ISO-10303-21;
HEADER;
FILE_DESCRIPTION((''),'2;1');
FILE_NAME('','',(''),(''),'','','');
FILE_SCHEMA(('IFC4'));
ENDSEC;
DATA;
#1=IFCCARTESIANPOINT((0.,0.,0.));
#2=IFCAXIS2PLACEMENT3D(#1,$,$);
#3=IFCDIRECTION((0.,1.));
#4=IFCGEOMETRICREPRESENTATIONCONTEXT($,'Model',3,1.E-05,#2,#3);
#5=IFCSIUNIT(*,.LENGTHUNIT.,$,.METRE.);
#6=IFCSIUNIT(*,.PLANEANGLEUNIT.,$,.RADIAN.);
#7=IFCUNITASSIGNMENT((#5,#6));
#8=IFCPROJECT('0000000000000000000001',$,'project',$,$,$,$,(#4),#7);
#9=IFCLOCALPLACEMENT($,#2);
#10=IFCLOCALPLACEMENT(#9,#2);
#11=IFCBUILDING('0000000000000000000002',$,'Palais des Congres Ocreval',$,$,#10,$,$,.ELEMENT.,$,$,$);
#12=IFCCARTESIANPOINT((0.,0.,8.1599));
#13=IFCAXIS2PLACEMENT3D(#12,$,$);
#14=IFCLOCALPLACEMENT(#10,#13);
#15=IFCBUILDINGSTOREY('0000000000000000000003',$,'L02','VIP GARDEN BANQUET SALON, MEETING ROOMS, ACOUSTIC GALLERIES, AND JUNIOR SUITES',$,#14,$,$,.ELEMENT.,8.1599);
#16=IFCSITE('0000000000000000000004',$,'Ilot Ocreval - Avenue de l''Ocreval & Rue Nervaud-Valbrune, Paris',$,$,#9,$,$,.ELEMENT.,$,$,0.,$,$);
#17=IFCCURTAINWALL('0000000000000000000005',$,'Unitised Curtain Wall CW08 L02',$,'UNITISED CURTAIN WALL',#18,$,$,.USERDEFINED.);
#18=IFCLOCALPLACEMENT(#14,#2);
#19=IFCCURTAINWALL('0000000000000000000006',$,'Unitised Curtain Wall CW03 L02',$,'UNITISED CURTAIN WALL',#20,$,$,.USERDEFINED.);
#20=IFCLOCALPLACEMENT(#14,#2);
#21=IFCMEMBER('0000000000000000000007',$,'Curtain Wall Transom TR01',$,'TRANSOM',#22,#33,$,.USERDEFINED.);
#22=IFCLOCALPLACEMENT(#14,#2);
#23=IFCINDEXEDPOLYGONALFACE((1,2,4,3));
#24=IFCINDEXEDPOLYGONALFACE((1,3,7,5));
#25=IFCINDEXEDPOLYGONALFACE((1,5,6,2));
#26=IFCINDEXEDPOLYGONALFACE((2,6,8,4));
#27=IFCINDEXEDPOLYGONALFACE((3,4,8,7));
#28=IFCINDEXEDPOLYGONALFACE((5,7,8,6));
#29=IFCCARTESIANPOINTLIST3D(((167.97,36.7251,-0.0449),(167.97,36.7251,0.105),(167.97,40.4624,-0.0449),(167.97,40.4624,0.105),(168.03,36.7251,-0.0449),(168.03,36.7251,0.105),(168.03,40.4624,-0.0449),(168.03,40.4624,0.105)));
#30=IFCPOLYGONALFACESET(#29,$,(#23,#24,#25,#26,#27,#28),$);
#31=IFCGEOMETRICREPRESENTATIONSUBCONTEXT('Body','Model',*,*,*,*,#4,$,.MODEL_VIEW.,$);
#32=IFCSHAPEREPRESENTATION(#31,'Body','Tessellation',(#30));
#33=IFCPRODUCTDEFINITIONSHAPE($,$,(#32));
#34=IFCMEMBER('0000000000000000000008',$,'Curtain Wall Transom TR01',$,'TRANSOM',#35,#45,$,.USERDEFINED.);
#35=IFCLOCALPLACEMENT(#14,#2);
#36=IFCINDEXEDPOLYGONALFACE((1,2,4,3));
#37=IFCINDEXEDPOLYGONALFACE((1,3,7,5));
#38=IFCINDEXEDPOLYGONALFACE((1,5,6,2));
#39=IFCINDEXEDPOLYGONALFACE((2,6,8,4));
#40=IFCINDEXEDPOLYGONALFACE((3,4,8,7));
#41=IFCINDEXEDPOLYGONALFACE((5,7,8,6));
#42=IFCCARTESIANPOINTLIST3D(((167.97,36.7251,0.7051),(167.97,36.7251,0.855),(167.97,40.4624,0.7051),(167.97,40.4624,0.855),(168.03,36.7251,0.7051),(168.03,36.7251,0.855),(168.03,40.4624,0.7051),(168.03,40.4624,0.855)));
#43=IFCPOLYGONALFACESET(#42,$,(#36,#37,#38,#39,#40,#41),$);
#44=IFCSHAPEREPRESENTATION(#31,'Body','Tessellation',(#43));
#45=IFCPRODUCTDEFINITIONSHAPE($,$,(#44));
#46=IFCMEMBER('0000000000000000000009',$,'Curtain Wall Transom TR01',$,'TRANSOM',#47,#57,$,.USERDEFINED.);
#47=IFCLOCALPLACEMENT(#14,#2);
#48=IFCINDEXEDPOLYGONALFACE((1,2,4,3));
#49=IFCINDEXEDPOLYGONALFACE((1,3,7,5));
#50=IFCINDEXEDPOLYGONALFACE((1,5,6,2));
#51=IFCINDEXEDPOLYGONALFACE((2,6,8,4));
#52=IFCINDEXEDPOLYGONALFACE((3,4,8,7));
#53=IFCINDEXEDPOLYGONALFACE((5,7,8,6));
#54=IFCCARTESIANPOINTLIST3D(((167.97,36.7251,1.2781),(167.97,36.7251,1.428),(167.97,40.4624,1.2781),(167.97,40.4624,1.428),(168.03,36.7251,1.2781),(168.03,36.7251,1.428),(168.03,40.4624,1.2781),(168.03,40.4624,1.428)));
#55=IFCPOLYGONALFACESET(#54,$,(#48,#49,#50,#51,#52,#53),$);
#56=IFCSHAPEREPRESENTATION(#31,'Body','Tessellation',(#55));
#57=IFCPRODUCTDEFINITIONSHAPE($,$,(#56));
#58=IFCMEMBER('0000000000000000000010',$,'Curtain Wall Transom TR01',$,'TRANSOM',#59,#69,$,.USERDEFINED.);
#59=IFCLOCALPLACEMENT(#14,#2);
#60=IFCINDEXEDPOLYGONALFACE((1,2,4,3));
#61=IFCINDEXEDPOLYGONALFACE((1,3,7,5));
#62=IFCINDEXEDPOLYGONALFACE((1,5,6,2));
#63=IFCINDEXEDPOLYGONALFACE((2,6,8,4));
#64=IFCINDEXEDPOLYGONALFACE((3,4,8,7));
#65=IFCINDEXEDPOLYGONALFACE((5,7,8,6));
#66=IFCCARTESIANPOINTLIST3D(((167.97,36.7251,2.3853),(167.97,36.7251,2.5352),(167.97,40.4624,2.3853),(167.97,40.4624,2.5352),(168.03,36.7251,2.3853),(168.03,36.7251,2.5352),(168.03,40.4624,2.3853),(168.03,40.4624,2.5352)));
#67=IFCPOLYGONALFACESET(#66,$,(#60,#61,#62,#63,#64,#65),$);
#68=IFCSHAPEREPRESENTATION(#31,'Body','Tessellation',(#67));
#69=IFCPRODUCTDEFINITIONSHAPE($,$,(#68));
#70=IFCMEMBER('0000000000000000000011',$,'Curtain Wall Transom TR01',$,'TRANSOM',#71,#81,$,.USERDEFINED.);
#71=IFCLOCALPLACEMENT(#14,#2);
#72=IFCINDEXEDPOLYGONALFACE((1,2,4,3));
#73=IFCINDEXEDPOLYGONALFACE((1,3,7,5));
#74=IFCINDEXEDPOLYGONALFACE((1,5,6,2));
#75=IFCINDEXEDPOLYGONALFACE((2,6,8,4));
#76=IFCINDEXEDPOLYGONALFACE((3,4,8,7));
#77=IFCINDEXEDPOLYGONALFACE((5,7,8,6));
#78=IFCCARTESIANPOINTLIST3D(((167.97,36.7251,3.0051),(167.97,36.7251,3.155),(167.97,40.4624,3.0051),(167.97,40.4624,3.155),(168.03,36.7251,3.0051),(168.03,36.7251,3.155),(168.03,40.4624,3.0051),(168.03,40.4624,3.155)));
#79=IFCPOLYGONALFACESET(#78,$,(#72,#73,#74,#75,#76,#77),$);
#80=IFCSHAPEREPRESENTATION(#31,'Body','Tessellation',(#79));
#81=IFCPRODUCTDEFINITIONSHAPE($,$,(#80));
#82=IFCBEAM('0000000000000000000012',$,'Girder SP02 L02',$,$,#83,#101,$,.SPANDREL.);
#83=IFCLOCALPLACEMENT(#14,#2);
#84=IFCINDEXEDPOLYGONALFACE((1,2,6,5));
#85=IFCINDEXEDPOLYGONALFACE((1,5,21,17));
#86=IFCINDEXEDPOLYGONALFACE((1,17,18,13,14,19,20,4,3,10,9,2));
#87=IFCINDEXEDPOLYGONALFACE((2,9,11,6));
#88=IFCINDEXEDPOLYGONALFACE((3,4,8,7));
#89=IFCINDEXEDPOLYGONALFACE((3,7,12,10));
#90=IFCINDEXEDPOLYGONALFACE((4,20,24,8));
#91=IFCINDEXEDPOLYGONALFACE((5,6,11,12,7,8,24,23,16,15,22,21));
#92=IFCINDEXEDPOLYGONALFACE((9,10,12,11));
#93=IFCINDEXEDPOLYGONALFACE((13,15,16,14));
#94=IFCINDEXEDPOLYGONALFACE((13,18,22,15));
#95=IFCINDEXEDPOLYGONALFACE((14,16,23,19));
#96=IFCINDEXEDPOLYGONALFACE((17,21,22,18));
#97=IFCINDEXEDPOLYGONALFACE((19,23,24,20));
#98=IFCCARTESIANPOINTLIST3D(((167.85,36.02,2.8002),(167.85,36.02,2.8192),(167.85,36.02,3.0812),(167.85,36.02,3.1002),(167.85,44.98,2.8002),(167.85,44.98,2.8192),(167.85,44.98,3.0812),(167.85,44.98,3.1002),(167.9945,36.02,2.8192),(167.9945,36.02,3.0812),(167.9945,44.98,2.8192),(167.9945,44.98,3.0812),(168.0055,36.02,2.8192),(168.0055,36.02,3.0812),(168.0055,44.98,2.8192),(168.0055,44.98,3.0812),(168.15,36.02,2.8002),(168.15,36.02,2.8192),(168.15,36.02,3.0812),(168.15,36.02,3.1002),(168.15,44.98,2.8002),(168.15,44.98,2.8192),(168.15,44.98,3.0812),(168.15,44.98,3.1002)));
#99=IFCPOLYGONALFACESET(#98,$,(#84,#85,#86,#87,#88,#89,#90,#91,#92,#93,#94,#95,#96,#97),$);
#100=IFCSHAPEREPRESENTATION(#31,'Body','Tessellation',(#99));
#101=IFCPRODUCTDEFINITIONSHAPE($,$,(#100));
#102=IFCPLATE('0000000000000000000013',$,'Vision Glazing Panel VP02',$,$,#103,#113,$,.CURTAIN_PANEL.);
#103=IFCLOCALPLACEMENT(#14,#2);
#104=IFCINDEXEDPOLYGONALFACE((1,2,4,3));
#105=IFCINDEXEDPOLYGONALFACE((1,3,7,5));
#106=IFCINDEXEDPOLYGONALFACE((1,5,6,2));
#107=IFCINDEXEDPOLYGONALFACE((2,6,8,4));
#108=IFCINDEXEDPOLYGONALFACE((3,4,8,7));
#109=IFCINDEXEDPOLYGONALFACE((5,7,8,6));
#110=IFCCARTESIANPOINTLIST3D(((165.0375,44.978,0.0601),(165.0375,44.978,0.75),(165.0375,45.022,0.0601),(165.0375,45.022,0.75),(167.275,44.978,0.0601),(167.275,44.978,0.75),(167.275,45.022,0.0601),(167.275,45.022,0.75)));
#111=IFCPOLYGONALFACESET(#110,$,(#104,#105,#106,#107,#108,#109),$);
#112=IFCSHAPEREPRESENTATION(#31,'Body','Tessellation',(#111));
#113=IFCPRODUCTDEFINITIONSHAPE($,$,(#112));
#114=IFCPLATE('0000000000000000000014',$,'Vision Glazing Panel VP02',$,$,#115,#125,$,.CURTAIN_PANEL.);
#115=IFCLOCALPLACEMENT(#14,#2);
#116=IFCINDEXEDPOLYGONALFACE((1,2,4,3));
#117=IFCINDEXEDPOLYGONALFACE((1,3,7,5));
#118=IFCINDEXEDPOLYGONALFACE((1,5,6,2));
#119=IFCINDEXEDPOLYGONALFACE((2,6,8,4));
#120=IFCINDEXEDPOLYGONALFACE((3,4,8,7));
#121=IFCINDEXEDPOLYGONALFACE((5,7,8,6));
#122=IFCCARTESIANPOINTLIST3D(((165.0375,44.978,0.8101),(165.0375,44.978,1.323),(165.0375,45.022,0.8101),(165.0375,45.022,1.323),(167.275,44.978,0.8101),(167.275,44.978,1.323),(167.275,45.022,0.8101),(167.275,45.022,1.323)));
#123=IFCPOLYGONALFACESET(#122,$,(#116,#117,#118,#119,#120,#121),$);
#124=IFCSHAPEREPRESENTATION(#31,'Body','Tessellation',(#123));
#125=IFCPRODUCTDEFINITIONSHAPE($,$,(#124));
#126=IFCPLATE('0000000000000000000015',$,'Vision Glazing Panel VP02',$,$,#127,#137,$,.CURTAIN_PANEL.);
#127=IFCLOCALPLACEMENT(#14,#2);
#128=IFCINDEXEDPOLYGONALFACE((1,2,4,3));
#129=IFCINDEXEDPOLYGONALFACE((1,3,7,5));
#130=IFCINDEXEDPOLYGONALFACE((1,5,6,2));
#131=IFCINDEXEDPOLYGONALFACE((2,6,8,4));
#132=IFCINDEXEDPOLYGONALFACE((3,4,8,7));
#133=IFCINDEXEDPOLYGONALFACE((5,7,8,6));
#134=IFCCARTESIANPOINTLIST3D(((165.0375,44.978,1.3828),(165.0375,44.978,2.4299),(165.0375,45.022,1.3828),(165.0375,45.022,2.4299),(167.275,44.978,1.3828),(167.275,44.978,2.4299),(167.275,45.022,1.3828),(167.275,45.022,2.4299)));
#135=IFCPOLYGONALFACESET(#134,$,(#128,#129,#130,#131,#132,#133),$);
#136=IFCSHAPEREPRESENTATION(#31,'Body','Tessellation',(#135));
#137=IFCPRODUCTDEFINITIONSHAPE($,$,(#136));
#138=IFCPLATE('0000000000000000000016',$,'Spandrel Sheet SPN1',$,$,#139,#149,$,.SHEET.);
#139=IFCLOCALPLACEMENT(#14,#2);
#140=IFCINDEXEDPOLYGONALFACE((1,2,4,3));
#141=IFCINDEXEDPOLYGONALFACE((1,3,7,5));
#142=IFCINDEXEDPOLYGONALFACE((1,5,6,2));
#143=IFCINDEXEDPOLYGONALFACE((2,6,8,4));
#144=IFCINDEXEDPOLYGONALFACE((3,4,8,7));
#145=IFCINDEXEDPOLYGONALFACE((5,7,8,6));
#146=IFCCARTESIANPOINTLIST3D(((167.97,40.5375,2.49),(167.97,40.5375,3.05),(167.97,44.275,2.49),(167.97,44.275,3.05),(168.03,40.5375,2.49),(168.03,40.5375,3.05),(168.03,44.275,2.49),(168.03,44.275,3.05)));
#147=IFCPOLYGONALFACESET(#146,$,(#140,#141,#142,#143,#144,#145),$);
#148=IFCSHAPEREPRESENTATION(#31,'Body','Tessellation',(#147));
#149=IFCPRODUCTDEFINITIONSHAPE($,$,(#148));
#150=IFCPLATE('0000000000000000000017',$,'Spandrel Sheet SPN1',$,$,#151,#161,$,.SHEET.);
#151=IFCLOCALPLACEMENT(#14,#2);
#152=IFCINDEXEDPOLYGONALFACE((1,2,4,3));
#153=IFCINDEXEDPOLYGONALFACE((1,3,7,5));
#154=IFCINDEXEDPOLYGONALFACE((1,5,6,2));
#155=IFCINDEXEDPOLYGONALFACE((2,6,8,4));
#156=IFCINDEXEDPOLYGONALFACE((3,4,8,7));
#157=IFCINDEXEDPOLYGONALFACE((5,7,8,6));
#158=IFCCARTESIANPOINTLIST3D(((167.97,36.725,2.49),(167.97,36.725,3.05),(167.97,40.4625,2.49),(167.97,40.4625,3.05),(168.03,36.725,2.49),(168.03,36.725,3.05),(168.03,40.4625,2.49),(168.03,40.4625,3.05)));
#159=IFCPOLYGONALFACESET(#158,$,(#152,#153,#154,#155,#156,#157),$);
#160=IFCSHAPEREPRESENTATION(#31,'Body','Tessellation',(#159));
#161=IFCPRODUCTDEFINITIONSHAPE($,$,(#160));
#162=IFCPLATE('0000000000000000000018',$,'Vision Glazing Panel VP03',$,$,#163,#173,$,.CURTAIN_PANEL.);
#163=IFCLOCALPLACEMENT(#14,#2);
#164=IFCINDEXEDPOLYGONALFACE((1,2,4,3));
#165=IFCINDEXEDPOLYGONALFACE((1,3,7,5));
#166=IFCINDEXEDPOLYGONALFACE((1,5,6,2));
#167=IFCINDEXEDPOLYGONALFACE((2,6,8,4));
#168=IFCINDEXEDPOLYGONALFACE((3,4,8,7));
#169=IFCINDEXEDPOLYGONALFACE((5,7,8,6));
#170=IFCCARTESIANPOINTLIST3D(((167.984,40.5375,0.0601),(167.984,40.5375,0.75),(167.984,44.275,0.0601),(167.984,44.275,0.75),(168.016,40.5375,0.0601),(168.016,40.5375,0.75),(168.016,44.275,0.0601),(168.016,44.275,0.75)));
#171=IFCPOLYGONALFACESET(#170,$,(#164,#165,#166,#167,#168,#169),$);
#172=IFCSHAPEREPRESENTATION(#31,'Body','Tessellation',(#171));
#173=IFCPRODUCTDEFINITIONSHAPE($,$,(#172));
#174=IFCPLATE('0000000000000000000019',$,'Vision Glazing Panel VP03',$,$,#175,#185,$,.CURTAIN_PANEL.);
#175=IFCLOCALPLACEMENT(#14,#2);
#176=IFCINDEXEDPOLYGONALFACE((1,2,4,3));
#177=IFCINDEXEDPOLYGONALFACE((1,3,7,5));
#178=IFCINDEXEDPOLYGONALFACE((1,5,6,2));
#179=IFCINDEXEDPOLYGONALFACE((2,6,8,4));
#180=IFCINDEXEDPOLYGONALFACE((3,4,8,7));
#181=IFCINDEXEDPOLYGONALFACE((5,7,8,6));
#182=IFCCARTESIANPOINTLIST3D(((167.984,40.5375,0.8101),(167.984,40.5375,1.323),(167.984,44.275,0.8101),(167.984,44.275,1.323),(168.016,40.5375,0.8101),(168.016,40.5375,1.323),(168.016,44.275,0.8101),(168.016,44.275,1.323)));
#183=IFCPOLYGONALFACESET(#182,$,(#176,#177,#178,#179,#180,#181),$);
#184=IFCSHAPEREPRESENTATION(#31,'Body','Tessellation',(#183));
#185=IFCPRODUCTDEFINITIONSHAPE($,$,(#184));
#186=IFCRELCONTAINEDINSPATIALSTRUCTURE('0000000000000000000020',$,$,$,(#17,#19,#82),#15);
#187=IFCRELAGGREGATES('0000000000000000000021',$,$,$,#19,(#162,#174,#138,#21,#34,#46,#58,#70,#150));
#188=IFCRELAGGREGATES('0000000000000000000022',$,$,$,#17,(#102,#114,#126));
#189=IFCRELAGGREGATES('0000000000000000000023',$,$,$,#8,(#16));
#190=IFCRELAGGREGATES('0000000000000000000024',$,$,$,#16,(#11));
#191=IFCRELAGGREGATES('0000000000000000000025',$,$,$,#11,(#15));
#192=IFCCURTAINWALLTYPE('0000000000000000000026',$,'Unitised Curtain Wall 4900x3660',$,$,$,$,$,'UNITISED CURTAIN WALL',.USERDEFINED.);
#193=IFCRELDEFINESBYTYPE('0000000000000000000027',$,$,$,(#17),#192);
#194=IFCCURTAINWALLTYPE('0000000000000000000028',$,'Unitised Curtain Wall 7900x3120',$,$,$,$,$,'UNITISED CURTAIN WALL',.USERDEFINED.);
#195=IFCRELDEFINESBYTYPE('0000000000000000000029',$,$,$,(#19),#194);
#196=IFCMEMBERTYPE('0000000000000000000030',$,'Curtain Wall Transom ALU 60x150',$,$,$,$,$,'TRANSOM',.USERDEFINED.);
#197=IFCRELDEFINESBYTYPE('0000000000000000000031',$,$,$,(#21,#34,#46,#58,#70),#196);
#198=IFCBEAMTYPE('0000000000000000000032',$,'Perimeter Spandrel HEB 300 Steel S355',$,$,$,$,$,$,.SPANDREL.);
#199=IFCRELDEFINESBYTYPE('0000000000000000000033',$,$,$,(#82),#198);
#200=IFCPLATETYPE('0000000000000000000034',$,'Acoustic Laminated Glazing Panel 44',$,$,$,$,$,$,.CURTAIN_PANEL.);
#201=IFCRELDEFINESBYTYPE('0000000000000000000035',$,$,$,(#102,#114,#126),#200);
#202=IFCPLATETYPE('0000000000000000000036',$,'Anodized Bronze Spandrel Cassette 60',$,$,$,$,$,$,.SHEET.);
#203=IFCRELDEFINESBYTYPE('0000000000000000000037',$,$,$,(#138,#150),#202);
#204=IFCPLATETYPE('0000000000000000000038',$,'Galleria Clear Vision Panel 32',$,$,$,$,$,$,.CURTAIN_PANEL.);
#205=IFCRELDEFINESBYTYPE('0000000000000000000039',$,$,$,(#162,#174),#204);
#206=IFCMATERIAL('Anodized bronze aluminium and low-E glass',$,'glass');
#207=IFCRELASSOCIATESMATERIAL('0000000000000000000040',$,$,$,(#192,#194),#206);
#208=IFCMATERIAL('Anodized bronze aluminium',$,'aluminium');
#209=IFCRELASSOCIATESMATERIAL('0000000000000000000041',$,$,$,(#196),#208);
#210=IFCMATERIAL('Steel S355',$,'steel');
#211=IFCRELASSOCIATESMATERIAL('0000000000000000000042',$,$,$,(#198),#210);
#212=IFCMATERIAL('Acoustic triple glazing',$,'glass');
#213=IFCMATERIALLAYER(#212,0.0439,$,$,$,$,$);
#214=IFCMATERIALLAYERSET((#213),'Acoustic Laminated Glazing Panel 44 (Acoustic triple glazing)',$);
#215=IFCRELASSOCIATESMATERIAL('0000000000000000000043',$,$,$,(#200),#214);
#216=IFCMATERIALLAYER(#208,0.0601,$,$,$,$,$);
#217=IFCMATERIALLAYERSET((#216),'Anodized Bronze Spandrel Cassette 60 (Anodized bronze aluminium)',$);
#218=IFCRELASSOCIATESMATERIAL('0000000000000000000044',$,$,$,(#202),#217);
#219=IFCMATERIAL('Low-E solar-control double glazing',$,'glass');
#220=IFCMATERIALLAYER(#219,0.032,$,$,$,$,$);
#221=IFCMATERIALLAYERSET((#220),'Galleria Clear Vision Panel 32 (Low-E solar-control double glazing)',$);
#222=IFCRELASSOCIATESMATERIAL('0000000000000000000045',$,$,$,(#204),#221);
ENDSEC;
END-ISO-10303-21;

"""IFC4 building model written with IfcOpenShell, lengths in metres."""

from ifc_helpers import new_model, si_unit, direction, frame, origin, origin_2d, place, context, subcontext, project, spatial, rectangle, i_section, extrude, material, layer, layer_set, material_profile, profile_set, type_object, element, aggregate, save


model = new_model("IFC4")

# Units and contexts
model_context = context("Model", 3, precision=1e-05, world=origin(), true_north=direction((0.0, 1.0)))
body_context = subcontext(model_context, "Body", "Model", "MODEL_VIEW")
ifc_project = project(units=[si_unit("LENGTHUNIT", "METRE"), si_unit("PLANEANGLEUNIT", "RADIAN")], contexts=[model_context])

# Site, building, storey
site_placement = place(None, origin())
site = spatial("IfcSite", under=ifc_project, at=site_placement, Name="Ilot Ocreval - Avenue de l'Ocreval & Rue Nervaud-Valbrune, Paris", CompositionType="ELEMENT", RefElevation=0.0)
building_placement = place(site_placement, origin())
building = spatial("IfcBuilding", under=site, at=building_placement, Name="Palais des Congres Ocreval", CompositionType="ELEMENT")
storey_placement = place(building_placement, frame((0.0, 0.0, 8.1599)))
storey = spatial("IfcBuildingStorey", under=building, at=storey_placement, Name="L02", Description="VIP GARDEN BANQUET SALON, MEETING ROOMS, ACOUSTIC GALLERIES, AND JUNIOR SUITES", CompositionType="ELEMENT", Elevation=8.1599)

# Shared definitions
ifc_material_1 = material(Name="Steel S355", Category="steel")

# Curtain wall
ifc_material_2 = material(Name="Anodized bronze aluminium and low-E glass", Category="glass")
curtain_wall_type_1 = type_object("IfcCurtainWallType", Name="Unitised Curtain Wall 4900x3660", ElementType="UNITISED CURTAIN WALL", PredefinedType="USERDEFINED", material=ifc_material_2)
curtain_wall_1_placement = place(storey_placement, origin())
curtain_wall_1 = element("IfcCurtainWall", 1, at=curtain_wall_1_placement, inside=storey, type_object=curtain_wall_type_1, Name="Unitised Curtain Wall CW08 L02", ObjectType="UNITISED CURTAIN WALL", PredefinedType="USERDEFINED")
ifc_material_3 = material(Name="Anodized bronze aluminium", Category="aluminium")

# Curtain wall
curtain_wall_type_2 = type_object("IfcCurtainWallType", Name="Unitised Curtain Wall 7900x3120", ElementType="UNITISED CURTAIN WALL", PredefinedType="USERDEFINED", material=ifc_material_2)
curtain_wall_2_placement = place(storey_placement, origin())
curtain_wall_2 = element("IfcCurtainWall", 2, at=curtain_wall_2_placement, inside=storey, type_object=curtain_wall_type_2, Name="Unitised Curtain Wall CW03 L02", ObjectType="UNITISED CURTAIN WALL", PredefinedType="USERDEFINED")

# Members
ifc_material_profile_1 = material_profile(ifc_material_3, rectangle(XDim=0.0601, YDim=0.1499, at=origin_2d()), Name="ALU 60x150")
ifc_profile_set_1 = profile_set([ifc_material_profile_1], Name="Anodized bronze aluminium")
member_type_1 = type_object("IfcMemberType", Name="Curtain Wall Transom ALU 60x150", ElementType="TRANSOM", PredefinedType="USERDEFINED", material=ifc_profile_set_1)
member_1_placement = place(storey_placement, frame((168.0, 40.4624, 0.03), z_axis=(0.0, -1.0, 0.0), x_axis=(1.0, 0.0, 0.0)))
member_1 = element("IfcMember", 3, at=member_1_placement, type_object=member_type_1, Name="Curtain Wall Transom TR01", ObjectType="TRANSOM", PredefinedType="USERDEFINED", context=body_context, shape_type="SweptSolid", body=[
    extrude(rectangle(XDim=0.0601, YDim=0.1499, at=origin_2d()), origin(), (0.0, 0.0, 1.0), 3.7373),
])
member_2_placement = place(storey_placement, frame((168.0, 40.4624, 0.78), z_axis=(0.0, -1.0, 0.0), x_axis=(1.0, 0.0, 0.0)))
member_2 = element("IfcMember", 4, at=member_2_placement, type_object=member_type_1, Name="Curtain Wall Transom TR01", ObjectType="TRANSOM", PredefinedType="USERDEFINED", context=body_context, shape_type="SweptSolid", body=[
    extrude(rectangle(XDim=0.0601, YDim=0.1499, at=origin_2d()), origin(), (0.0, 0.0, 1.0), 3.7373),
])
member_3_placement = place(storey_placement, frame((168.0, 40.4624, 1.353), z_axis=(0.0, -1.0, 0.0), x_axis=(1.0, 0.0, 0.0)))
member_3 = element("IfcMember", 5, at=member_3_placement, type_object=member_type_1, Name="Curtain Wall Transom TR01", ObjectType="TRANSOM", PredefinedType="USERDEFINED", context=body_context, shape_type="SweptSolid", body=[
    extrude(rectangle(XDim=0.0601, YDim=0.1499, at=origin_2d()), origin(), (0.0, 0.0, 1.0), 3.7373),
])
member_4_placement = place(storey_placement, frame((168.0, 40.4624, 2.4602), z_axis=(0.0, -1.0, 0.0), x_axis=(1.0, 0.0, 0.0)))
member_4 = element("IfcMember", 6, at=member_4_placement, type_object=member_type_1, Name="Curtain Wall Transom TR01", ObjectType="TRANSOM", PredefinedType="USERDEFINED", context=body_context, shape_type="SweptSolid", body=[
    extrude(rectangle(XDim=0.0601, YDim=0.1499, at=origin_2d()), origin(), (0.0, 0.0, 1.0), 3.7373),
])
member_5_placement = place(storey_placement, frame((168.0, 40.4624, 3.0801), z_axis=(0.0, -1.0, 0.0), x_axis=(1.0, 0.0, 0.0)))
member_5 = element("IfcMember", 7, at=member_5_placement, type_object=member_type_1, Name="Curtain Wall Transom TR01", ObjectType="TRANSOM", PredefinedType="USERDEFINED", context=body_context, shape_type="SweptSolid", body=[
    extrude(rectangle(XDim=0.0601, YDim=0.1499, at=origin_2d()), origin(), (0.0, 0.0, 1.0), 3.7373),
])

# Beam
ifc_material_profile_2 = material_profile(ifc_material_1, i_section(OverallWidth=0.3, OverallDepth=0.3, WebThickness=0.011, FlangeThickness=0.019, at=origin_2d()), Name="HEB 300")
ifc_profile_set_2 = profile_set([ifc_material_profile_2], Name="Steel S355")
beam_type = type_object("IfcBeamType", Name="Perimeter Spandrel HEB 300 Steel S355", PredefinedType="SPANDREL", material=ifc_profile_set_2)
beam_placement = place(storey_placement, frame((168.0, 36.02, 2.9502), z_axis=(0.0, 1.0, 0.0), x_axis=(-1.0, 0.0, 0.0)))
element("IfcBeam", 8, at=beam_placement, inside=storey, type_object=beam_type, Name="Girder SP02 L02", PredefinedType="SPANDREL", context=body_context, shape_type="SweptSolid", body=[
    extrude(i_section(OverallWidth=0.3, OverallDepth=0.3, WebThickness=0.011, FlangeThickness=0.019, at=origin_2d()), origin(), (0.0, 0.0, 1.0), 8.96),
])

# Plates
ifc_material_4 = material(Name="Acoustic triple glazing", Category="glass")
ifc_layer_1 = layer(ifc_material_4, 0.0439)
ifc_layer_set_1 = layer_set([ifc_layer_1], Name="Acoustic Laminated Glazing Panel 44 (Acoustic triple glazing)")
plate_type_1 = type_object("IfcPlateType", Name="Acoustic Laminated Glazing Panel 44", PredefinedType="CURTAIN_PANEL", material=ifc_layer_set_1)
plate_1_placement = place(storey_placement, frame((166.1562, 45.0, 0.0601), z_axis=(0.0, 0.0, 1.0), x_axis=(1.0, 0.0, 0.0)))
plate_1 = element("IfcPlate", 9, at=plate_1_placement, type_object=plate_type_1, Name="Vision Glazing Panel VP02", PredefinedType="CURTAIN_PANEL", context=body_context, shape_type="SweptSolid", body=[
    extrude(rectangle(XDim=2.2375, YDim=0.0439, at=origin_2d()), origin(), (0.0, 0.0, 1.0), 0.6899),
])
plate_2_placement = place(storey_placement, frame((166.1562, 45.0, 0.8101), z_axis=(0.0, 0.0, 1.0), x_axis=(1.0, 0.0, 0.0)))
plate_2 = element("IfcPlate", 10, at=plate_2_placement, type_object=plate_type_1, Name="Vision Glazing Panel VP02", PredefinedType="CURTAIN_PANEL", context=body_context, shape_type="SweptSolid", body=[
    extrude(rectangle(XDim=2.2375, YDim=0.0439, at=origin_2d()), origin(), (0.0, 0.0, 1.0), 0.5129),
])
plate_3_placement = place(storey_placement, frame((166.1562, 45.0, 1.3828), z_axis=(0.0, 0.0, 1.0), x_axis=(1.0, 0.0, 0.0)))
plate_3 = element("IfcPlate", 11, at=plate_3_placement, type_object=plate_type_1, Name="Vision Glazing Panel VP02", PredefinedType="CURTAIN_PANEL", context=body_context, shape_type="SweptSolid", body=[
    extrude(rectangle(XDim=2.2375, YDim=0.0439, at=origin_2d()), origin(), (0.0, 0.0, 1.0), 1.0471),
])
ifc_layer_2 = layer(ifc_material_3, 0.0601)
ifc_layer_set_2 = layer_set([ifc_layer_2], Name="Anodized Bronze Spandrel Cassette 60 (Anodized bronze aluminium)")
plate_type_2 = type_object("IfcPlateType", Name="Anodized Bronze Spandrel Cassette 60", PredefinedType="SHEET", material=ifc_layer_set_2)
plate_4_placement = place(storey_placement, frame((168.0, 42.4062, 2.49), z_axis=(0.0, 0.0, 1.0), x_axis=(0.0, -1.0, 0.0)))
plate_4 = element("IfcPlate", 12, at=plate_4_placement, type_object=plate_type_2, Name="Spandrel Sheet SPN1", PredefinedType="SHEET", context=body_context, shape_type="SweptSolid", body=[
    extrude(rectangle(XDim=3.7375, YDim=0.0601, at=origin_2d()), origin(), (0.0, 0.0, 1.0), 0.5601),
])
plate_5_placement = place(storey_placement, frame((168.0, 38.5938, 2.49), z_axis=(0.0, 0.0, 1.0), x_axis=(0.0, -1.0, 0.0)))
plate_5 = element("IfcPlate", 13, at=plate_5_placement, type_object=plate_type_2, Name="Spandrel Sheet SPN1", PredefinedType="SHEET", context=body_context, shape_type="SweptSolid", body=[
    extrude(rectangle(XDim=3.7375, YDim=0.0601, at=origin_2d()), origin(), (0.0, 0.0, 1.0), 0.5601),
])
ifc_material_5 = material(Name="Low-E solar-control double glazing", Category="glass")
ifc_layer_3 = layer(ifc_material_5, 0.032)
ifc_layer_set_3 = layer_set([ifc_layer_3], Name="Galleria Clear Vision Panel 32 (Low-E solar-control double glazing)")
plate_type_3 = type_object("IfcPlateType", Name="Galleria Clear Vision Panel 32", PredefinedType="CURTAIN_PANEL", material=ifc_layer_set_3)
plate_6_placement = place(storey_placement, frame((168.0, 42.4062, 0.0601), z_axis=(0.0, 0.0, 1.0), x_axis=(0.0, -1.0, 0.0)))
plate_6 = element("IfcPlate", 14, at=plate_6_placement, type_object=plate_type_3, Name="Vision Glazing Panel VP03", PredefinedType="CURTAIN_PANEL", context=body_context, shape_type="SweptSolid", body=[
    extrude(rectangle(XDim=3.7375, YDim=0.032, at=origin_2d()), origin(), (0.0, 0.0, 1.0), 0.6899),
])
plate_7_placement = place(storey_placement, frame((168.0, 42.4062, 0.8101), z_axis=(0.0, 0.0, 1.0), x_axis=(0.0, -1.0, 0.0)))
plate_7 = element("IfcPlate", 15, at=plate_7_placement, type_object=plate_type_3, Name="Vision Glazing Panel VP03", PredefinedType="CURTAIN_PANEL", context=body_context, shape_type="SweptSolid", body=[
    extrude(rectangle(XDim=3.7375, YDim=0.032, at=origin_2d()), origin(), (0.0, 0.0, 1.0), 0.5129),
])
aggregate(curtain_wall_2, [plate_6, plate_7, plate_4, member_1, member_2, member_3, member_4, member_5, plate_5])
aggregate(curtain_wall_1, [plate_1, plate_2, plate_3])

save(model, "model.ifc")
